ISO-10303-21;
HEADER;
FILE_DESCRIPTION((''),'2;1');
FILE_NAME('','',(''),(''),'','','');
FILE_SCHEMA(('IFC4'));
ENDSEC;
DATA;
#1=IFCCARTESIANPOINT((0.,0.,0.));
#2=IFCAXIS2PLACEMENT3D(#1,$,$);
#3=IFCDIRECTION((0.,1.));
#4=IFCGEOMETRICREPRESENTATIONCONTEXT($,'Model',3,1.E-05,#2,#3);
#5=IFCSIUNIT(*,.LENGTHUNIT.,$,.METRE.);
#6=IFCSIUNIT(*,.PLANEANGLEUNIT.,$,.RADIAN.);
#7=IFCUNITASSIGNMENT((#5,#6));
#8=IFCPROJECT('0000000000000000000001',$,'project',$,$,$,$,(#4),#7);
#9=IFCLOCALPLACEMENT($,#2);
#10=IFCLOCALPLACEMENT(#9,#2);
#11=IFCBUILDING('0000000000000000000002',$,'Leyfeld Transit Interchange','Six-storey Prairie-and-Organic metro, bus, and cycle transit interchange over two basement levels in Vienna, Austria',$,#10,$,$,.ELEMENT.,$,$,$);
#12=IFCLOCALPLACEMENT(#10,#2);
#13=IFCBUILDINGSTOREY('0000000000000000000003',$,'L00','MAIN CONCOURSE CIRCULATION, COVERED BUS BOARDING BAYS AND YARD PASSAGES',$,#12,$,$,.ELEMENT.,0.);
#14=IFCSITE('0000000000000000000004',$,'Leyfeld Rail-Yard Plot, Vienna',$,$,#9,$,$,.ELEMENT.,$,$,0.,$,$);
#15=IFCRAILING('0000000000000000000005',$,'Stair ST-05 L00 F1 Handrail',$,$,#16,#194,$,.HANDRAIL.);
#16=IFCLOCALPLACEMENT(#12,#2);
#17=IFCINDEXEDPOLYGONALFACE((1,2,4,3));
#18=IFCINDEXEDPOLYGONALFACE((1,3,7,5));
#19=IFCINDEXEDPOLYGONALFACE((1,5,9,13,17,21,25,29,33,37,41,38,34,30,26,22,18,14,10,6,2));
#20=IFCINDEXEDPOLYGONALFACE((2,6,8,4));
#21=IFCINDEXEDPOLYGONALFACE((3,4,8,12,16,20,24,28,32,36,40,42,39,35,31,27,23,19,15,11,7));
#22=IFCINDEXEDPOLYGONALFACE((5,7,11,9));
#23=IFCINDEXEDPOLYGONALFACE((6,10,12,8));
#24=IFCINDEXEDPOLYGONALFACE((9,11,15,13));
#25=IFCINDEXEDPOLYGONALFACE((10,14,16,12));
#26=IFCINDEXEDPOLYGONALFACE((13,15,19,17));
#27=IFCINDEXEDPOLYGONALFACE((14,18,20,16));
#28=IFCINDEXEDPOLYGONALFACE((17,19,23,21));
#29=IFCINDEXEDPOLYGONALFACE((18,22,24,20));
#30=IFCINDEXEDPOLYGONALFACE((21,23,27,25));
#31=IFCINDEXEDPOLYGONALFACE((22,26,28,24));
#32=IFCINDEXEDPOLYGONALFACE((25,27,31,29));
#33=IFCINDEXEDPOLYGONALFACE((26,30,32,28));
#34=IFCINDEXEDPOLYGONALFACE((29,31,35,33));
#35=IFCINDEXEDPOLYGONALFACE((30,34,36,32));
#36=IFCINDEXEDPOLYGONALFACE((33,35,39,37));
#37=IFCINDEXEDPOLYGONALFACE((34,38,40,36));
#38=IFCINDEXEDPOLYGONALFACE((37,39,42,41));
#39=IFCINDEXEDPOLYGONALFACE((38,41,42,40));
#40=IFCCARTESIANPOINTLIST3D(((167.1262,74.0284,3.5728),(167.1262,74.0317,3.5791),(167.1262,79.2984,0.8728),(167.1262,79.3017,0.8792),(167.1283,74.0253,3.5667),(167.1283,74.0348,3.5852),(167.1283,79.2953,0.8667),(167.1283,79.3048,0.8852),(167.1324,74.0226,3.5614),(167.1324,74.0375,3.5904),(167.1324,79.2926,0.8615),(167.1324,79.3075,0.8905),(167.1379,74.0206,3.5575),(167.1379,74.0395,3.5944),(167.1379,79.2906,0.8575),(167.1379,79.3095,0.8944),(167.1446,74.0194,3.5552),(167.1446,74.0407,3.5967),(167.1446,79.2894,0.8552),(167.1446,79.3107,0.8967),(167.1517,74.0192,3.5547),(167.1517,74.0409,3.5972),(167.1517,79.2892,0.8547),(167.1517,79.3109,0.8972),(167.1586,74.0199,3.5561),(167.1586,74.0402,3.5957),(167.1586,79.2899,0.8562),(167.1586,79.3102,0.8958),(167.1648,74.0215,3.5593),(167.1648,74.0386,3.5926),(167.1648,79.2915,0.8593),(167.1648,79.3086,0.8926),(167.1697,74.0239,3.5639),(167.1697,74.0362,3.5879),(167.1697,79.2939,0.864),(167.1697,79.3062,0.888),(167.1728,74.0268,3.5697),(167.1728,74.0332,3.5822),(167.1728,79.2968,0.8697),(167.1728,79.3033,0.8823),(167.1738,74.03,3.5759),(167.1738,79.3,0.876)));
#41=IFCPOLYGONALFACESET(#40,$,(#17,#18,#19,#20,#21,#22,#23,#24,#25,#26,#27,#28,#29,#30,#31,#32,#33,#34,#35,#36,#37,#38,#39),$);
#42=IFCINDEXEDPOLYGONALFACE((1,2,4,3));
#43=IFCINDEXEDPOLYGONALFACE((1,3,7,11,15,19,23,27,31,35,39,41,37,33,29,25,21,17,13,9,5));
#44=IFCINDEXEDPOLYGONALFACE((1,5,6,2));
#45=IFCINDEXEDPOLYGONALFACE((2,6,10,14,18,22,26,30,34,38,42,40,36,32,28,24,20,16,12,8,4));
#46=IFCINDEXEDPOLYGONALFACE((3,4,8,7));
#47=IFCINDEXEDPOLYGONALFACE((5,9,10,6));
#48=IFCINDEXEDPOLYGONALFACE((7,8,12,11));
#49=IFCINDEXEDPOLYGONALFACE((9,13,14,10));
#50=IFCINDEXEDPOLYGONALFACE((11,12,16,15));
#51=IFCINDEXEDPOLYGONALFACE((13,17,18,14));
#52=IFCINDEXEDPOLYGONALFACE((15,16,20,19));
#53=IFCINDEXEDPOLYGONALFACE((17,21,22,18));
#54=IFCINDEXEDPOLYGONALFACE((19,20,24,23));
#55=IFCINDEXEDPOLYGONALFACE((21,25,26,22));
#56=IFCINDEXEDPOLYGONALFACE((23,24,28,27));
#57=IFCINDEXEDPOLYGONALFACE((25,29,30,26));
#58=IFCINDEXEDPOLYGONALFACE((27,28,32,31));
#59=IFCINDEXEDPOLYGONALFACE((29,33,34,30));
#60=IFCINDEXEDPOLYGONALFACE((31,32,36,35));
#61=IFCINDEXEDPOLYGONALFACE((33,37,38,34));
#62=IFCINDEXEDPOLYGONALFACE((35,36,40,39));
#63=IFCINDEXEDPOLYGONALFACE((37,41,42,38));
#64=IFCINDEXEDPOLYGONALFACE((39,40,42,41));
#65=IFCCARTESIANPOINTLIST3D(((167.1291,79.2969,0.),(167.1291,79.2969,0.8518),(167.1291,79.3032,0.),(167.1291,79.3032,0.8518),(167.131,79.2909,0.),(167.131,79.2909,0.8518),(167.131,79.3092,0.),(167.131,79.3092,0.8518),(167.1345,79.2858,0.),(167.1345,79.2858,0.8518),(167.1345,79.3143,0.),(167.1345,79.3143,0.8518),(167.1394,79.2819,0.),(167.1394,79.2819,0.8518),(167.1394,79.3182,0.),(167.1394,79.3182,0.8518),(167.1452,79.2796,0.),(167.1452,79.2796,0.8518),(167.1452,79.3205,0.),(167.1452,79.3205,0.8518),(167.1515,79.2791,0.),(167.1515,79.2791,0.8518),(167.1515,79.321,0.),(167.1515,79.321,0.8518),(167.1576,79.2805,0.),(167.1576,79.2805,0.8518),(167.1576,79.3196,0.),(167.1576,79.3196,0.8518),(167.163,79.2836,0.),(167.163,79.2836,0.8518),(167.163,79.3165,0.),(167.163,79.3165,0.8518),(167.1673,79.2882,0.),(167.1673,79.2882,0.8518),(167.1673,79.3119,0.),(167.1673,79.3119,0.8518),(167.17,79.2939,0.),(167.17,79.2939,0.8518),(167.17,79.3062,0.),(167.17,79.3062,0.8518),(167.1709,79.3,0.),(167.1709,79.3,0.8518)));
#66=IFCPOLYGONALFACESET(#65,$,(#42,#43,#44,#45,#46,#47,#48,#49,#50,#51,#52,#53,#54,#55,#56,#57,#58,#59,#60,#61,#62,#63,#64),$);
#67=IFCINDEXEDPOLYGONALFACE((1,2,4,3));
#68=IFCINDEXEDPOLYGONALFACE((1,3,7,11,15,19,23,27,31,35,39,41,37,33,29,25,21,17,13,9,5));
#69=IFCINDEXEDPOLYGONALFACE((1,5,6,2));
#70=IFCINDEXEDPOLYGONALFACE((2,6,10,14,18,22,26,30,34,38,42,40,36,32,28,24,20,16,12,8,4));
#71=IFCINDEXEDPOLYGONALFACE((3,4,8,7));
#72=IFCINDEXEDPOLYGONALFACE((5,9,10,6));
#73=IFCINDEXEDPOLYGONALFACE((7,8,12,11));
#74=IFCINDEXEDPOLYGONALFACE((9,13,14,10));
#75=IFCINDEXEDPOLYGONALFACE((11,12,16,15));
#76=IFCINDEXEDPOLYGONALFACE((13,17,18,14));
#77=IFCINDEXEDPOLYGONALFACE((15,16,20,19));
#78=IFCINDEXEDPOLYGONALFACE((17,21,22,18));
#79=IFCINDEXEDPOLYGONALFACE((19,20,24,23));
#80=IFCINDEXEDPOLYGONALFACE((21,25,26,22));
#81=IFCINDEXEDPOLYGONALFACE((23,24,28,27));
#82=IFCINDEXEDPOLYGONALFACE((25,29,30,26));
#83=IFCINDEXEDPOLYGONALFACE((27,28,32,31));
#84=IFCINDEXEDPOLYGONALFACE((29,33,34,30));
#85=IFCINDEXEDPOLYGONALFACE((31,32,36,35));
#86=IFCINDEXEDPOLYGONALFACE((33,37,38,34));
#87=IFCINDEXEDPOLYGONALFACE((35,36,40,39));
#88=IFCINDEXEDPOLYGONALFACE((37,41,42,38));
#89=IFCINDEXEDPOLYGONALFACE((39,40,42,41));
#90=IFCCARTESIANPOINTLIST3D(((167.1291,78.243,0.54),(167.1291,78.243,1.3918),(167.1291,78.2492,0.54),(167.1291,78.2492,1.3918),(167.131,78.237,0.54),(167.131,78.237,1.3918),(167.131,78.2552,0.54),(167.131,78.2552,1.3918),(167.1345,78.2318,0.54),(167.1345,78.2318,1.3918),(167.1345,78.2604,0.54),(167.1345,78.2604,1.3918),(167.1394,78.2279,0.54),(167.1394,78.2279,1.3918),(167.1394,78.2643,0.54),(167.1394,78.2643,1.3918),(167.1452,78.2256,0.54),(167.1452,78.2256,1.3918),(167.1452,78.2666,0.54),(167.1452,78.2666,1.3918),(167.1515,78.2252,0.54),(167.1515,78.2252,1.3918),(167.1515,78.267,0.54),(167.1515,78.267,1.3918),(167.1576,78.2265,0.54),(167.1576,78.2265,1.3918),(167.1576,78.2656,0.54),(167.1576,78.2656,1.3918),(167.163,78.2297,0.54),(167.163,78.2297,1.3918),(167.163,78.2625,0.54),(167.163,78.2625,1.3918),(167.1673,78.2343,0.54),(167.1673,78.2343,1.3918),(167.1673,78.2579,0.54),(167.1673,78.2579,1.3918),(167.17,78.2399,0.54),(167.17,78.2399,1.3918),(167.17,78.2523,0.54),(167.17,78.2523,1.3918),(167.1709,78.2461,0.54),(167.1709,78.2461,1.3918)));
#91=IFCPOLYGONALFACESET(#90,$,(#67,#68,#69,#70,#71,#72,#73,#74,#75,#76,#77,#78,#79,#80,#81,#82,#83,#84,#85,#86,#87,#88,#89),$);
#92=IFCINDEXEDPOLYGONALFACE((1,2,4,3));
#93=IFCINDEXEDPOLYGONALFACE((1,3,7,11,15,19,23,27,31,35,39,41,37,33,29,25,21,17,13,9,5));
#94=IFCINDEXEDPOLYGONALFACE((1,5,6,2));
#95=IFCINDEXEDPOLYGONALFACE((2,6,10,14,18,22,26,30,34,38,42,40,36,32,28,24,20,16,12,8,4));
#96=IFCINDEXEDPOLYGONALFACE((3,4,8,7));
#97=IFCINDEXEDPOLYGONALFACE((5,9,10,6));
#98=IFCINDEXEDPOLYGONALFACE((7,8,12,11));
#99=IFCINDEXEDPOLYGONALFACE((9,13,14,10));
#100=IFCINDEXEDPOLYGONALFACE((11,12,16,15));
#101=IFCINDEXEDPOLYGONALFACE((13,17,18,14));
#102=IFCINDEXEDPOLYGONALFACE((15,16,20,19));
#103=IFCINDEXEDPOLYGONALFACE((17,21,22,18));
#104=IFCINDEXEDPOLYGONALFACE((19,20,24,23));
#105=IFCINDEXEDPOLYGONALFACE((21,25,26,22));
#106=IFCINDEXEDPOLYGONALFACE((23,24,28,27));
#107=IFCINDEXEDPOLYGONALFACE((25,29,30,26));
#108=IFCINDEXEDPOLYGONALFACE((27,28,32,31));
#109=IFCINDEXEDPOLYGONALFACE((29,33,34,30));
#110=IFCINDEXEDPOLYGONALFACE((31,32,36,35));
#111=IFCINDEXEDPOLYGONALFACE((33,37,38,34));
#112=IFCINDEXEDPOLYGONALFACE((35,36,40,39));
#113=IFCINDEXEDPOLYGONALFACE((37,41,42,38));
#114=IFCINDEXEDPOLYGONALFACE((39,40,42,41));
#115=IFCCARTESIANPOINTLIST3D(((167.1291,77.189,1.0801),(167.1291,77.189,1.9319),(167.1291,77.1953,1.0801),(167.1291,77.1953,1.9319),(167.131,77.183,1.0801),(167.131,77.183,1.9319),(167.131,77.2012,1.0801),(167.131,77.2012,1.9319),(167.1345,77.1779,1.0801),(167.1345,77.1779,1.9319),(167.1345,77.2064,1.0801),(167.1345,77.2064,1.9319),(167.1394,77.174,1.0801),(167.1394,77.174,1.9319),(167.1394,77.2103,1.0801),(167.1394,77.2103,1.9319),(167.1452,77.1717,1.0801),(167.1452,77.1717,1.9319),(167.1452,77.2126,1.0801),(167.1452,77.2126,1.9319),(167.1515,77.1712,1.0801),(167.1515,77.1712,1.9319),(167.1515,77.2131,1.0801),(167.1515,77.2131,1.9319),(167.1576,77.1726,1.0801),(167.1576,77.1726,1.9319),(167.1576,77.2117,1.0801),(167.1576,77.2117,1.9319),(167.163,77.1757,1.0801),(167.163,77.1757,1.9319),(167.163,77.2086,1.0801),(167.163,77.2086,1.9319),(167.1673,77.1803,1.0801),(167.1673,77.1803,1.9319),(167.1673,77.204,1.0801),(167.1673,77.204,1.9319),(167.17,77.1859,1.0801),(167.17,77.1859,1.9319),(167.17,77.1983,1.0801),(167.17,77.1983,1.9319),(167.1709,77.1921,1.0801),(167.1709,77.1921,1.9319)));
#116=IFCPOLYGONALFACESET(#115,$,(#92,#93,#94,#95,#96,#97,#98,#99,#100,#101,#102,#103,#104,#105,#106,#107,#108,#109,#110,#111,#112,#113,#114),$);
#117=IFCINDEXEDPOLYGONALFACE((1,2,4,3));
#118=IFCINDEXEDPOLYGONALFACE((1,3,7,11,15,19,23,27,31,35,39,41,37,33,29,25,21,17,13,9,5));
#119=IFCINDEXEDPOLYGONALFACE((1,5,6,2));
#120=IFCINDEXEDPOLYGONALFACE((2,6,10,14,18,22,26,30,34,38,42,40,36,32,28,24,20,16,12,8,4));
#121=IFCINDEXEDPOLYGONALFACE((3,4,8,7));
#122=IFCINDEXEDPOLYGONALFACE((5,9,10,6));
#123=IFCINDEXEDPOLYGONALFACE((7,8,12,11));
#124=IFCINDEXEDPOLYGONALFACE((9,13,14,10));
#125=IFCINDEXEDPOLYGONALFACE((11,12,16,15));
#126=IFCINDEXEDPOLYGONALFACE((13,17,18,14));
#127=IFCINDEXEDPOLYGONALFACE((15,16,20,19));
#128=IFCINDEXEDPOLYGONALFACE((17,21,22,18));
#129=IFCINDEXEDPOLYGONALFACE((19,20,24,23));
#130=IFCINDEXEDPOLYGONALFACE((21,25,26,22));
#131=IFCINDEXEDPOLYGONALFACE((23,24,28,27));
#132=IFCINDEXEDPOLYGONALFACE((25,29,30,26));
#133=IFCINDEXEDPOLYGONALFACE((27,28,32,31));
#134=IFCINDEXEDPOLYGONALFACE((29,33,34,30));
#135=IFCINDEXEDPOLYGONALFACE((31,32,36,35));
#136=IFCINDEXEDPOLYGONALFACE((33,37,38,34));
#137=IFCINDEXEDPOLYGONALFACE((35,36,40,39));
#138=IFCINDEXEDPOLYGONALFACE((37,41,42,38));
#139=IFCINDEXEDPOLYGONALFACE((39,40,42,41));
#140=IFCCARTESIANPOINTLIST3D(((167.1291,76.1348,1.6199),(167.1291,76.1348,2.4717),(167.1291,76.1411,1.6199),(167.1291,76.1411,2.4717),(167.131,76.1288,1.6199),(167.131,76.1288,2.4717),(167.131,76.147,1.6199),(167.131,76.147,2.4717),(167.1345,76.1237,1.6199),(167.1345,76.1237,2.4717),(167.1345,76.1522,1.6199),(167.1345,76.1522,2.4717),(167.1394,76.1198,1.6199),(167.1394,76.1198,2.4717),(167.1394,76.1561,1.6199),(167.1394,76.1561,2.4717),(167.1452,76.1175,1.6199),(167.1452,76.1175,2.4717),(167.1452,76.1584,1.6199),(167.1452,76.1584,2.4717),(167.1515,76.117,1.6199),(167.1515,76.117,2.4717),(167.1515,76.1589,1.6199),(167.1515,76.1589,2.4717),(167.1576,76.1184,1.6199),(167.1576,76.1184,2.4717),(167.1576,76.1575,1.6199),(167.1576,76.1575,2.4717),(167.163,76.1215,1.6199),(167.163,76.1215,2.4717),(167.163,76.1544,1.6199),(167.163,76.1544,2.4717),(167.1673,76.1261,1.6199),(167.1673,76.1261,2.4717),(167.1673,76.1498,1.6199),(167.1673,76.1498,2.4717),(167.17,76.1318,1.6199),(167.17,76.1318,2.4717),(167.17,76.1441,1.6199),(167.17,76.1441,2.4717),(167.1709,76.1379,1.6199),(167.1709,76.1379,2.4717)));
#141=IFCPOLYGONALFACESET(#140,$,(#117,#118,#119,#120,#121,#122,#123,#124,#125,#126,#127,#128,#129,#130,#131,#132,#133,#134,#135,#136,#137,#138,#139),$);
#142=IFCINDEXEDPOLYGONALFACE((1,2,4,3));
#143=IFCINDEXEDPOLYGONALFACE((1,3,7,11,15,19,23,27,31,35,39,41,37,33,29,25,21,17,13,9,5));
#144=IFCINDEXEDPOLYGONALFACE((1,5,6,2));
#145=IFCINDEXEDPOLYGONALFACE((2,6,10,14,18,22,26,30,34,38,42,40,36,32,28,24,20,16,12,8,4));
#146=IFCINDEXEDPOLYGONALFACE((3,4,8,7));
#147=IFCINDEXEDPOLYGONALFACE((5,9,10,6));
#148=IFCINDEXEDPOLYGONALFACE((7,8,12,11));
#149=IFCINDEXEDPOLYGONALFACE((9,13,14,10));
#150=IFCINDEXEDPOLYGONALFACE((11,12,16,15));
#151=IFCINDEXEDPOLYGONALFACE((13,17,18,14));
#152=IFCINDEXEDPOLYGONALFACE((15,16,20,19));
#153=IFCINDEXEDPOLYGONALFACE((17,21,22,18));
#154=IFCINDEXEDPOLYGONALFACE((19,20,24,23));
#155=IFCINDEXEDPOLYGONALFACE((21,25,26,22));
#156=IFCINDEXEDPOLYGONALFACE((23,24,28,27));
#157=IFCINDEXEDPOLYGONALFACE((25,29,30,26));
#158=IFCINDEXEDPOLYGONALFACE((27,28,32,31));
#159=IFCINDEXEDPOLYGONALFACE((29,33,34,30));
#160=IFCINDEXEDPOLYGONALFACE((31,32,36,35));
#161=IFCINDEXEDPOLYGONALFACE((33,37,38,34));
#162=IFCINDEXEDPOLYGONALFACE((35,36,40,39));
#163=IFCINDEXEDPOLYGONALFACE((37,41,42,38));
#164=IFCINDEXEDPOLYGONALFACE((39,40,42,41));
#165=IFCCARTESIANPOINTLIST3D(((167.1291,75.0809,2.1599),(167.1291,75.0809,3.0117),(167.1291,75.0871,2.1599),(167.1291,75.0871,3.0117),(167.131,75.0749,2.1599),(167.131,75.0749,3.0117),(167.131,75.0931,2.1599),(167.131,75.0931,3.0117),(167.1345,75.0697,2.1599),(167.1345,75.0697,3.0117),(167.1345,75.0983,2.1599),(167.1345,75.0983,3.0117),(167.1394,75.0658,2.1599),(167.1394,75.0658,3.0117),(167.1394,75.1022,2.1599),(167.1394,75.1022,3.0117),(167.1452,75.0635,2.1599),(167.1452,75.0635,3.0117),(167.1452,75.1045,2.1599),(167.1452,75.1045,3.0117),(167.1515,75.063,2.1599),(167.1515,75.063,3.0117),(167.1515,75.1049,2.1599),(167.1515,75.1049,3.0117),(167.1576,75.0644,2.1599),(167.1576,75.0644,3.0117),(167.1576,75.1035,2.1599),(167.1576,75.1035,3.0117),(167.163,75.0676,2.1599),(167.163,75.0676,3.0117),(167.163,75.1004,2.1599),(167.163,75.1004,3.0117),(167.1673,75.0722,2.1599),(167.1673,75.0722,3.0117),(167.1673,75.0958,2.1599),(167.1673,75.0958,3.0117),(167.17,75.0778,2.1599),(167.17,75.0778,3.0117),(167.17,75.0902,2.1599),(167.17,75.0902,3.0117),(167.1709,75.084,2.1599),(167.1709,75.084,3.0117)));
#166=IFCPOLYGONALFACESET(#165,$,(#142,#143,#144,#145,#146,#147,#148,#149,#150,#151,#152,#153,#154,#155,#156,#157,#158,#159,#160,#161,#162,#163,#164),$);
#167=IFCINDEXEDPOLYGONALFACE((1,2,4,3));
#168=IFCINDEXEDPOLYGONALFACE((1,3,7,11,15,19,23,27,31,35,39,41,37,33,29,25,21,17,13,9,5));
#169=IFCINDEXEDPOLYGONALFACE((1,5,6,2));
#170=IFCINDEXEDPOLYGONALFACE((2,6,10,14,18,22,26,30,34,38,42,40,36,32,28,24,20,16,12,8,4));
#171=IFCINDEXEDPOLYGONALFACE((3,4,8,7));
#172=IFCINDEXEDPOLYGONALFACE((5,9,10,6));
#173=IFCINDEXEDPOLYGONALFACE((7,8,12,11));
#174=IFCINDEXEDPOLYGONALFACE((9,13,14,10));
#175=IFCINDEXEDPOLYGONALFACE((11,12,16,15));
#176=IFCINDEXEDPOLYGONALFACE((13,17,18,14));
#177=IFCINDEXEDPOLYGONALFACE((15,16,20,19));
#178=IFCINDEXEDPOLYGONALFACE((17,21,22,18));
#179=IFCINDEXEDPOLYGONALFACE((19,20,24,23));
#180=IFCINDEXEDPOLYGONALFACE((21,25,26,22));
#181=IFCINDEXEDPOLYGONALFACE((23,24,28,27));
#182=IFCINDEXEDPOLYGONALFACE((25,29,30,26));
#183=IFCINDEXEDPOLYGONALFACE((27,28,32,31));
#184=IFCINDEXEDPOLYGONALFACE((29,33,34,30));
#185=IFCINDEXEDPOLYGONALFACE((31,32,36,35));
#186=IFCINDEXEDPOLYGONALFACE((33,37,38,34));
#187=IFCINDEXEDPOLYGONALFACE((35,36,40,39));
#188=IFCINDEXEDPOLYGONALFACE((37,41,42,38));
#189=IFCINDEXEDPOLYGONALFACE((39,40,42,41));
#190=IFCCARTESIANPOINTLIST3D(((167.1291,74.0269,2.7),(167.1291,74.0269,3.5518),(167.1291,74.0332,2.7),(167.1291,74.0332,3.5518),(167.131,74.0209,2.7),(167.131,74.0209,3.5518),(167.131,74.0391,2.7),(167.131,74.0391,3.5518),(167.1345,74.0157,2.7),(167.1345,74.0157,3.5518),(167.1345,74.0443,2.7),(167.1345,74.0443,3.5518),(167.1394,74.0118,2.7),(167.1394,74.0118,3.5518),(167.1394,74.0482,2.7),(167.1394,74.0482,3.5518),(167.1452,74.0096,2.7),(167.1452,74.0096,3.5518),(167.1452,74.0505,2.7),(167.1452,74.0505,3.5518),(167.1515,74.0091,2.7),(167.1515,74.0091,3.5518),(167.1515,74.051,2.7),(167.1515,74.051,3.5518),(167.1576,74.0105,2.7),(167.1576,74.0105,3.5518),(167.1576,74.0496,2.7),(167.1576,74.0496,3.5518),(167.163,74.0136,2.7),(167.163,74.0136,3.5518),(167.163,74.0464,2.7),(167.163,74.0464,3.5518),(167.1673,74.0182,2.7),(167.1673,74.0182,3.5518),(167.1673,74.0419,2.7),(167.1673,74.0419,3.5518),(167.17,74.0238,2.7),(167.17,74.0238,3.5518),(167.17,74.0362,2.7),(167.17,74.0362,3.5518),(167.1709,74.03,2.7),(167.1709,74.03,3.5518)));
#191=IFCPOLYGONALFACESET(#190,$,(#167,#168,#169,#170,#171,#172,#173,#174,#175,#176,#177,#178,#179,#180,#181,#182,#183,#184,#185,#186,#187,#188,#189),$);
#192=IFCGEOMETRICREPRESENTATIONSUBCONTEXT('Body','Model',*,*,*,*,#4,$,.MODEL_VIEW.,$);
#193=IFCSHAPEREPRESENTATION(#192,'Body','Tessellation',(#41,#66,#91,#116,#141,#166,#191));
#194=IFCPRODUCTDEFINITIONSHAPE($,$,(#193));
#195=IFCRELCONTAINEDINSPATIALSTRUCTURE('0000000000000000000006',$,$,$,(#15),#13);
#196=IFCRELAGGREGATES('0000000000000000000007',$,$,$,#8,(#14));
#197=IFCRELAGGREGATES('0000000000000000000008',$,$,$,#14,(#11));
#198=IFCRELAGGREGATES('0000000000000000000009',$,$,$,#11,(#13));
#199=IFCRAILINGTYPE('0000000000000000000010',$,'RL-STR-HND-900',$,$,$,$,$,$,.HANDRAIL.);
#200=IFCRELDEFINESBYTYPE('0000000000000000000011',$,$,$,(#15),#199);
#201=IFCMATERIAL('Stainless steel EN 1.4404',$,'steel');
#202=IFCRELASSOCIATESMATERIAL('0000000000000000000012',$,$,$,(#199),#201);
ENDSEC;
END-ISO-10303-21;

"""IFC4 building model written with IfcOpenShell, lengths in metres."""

from ifc_helpers import new_model, si_unit, direction, frame, origin, origin_2d, place, context, subcontext, project, spatial, circle, extrude, material, type_object, element, save


model = new_model("IFC4")

# Units and contexts
model_context = context("Model", 3, precision=1e-05, world=origin(), true_north=direction((0.0, 1.0)))
body_context = subcontext(model_context, "Body", "Model", "MODEL_VIEW")
ifc_project = project(units=[si_unit("LENGTHUNIT", "METRE"), si_unit("PLANEANGLEUNIT", "RADIAN")], contexts=[model_context])

# Site, building, storey
site_placement = place(None, origin())
site = spatial("IfcSite", under=ifc_project, at=site_placement, Name="Leyfeld Rail-Yard Plot, Vienna", CompositionType="ELEMENT", RefElevation=0.0)
building_placement = place(site_placement, origin())
building = spatial("IfcBuilding", under=site, at=building_placement, Name="Leyfeld Transit Interchange", Description="Six-storey Prairie-and-Organic metro, bus, and cycle transit interchange over two basement levels in Vienna, Austria", CompositionType="ELEMENT")
storey_placement = place(building_placement, origin())
storey = spatial("IfcBuildingStorey", under=building, at=storey_placement, Name="L00", Description="MAIN CONCOURSE CIRCULATION, COVERED BUS BOARDING BAYS AND YARD PASSAGES", CompositionType="ELEMENT", Elevation=0.0)

# Railing
ifc_material_1 = material(Name="Stainless steel EN 1.4404", Category="steel")
railing_type_1 = type_object("IfcRailingType", Name="RL-STR-HND-900", PredefinedType="HANDRAIL", material=ifc_material_1)
railing_1_placement = place(storey_placement, frame((167.1499, 79.3, 0.0)))
element("IfcRailing", 1, at=railing_1_placement, inside=storey, type_object=railing_type_1, Name="Stair ST-05 L00 F1 Handrail", PredefinedType="HANDRAIL", context=body_context, shape_type="SweptSolid", body=[
    extrude(circle(Radius=0.0239, at=origin_2d()), frame((0.0, 0.0, 0.876), z_axis=(0.0, -0.889997, 0.455966), x_axis=(1.0, 0.0, 0.0)), (0.0, 0.0, 1.0), 5.9214),
    extrude(circle(Radius=0.021, at=origin_2d()), origin(), (0.0, 0.0, 1.0), 0.8518),
    extrude(circle(Radius=0.021, at=origin_2d()), frame((0.0, -1.054, 0.54)), (0.0, 0.0, 1.0), 0.8518),
    extrude(circle(Radius=0.021, at=origin_2d()), frame((0.0, -2.1079, 1.0801)), (0.0, 0.0, 1.0), 0.8518),
    extrude(circle(Radius=0.021, at=origin_2d()), frame((0.0, -3.1621, 1.6199)), (0.0, 0.0, 1.0), 0.8518),
    extrude(circle(Radius=0.021, at=origin_2d()), frame((0.0, -4.2161, 2.1599)), (0.0, 0.0, 1.0), 0.8518),
    extrude(circle(Radius=0.021, at=origin_2d()), frame((0.0, -5.27, 2.7)), (0.0, 0.0, 1.0), 0.8518),
])

save(model, "model.ifc")
